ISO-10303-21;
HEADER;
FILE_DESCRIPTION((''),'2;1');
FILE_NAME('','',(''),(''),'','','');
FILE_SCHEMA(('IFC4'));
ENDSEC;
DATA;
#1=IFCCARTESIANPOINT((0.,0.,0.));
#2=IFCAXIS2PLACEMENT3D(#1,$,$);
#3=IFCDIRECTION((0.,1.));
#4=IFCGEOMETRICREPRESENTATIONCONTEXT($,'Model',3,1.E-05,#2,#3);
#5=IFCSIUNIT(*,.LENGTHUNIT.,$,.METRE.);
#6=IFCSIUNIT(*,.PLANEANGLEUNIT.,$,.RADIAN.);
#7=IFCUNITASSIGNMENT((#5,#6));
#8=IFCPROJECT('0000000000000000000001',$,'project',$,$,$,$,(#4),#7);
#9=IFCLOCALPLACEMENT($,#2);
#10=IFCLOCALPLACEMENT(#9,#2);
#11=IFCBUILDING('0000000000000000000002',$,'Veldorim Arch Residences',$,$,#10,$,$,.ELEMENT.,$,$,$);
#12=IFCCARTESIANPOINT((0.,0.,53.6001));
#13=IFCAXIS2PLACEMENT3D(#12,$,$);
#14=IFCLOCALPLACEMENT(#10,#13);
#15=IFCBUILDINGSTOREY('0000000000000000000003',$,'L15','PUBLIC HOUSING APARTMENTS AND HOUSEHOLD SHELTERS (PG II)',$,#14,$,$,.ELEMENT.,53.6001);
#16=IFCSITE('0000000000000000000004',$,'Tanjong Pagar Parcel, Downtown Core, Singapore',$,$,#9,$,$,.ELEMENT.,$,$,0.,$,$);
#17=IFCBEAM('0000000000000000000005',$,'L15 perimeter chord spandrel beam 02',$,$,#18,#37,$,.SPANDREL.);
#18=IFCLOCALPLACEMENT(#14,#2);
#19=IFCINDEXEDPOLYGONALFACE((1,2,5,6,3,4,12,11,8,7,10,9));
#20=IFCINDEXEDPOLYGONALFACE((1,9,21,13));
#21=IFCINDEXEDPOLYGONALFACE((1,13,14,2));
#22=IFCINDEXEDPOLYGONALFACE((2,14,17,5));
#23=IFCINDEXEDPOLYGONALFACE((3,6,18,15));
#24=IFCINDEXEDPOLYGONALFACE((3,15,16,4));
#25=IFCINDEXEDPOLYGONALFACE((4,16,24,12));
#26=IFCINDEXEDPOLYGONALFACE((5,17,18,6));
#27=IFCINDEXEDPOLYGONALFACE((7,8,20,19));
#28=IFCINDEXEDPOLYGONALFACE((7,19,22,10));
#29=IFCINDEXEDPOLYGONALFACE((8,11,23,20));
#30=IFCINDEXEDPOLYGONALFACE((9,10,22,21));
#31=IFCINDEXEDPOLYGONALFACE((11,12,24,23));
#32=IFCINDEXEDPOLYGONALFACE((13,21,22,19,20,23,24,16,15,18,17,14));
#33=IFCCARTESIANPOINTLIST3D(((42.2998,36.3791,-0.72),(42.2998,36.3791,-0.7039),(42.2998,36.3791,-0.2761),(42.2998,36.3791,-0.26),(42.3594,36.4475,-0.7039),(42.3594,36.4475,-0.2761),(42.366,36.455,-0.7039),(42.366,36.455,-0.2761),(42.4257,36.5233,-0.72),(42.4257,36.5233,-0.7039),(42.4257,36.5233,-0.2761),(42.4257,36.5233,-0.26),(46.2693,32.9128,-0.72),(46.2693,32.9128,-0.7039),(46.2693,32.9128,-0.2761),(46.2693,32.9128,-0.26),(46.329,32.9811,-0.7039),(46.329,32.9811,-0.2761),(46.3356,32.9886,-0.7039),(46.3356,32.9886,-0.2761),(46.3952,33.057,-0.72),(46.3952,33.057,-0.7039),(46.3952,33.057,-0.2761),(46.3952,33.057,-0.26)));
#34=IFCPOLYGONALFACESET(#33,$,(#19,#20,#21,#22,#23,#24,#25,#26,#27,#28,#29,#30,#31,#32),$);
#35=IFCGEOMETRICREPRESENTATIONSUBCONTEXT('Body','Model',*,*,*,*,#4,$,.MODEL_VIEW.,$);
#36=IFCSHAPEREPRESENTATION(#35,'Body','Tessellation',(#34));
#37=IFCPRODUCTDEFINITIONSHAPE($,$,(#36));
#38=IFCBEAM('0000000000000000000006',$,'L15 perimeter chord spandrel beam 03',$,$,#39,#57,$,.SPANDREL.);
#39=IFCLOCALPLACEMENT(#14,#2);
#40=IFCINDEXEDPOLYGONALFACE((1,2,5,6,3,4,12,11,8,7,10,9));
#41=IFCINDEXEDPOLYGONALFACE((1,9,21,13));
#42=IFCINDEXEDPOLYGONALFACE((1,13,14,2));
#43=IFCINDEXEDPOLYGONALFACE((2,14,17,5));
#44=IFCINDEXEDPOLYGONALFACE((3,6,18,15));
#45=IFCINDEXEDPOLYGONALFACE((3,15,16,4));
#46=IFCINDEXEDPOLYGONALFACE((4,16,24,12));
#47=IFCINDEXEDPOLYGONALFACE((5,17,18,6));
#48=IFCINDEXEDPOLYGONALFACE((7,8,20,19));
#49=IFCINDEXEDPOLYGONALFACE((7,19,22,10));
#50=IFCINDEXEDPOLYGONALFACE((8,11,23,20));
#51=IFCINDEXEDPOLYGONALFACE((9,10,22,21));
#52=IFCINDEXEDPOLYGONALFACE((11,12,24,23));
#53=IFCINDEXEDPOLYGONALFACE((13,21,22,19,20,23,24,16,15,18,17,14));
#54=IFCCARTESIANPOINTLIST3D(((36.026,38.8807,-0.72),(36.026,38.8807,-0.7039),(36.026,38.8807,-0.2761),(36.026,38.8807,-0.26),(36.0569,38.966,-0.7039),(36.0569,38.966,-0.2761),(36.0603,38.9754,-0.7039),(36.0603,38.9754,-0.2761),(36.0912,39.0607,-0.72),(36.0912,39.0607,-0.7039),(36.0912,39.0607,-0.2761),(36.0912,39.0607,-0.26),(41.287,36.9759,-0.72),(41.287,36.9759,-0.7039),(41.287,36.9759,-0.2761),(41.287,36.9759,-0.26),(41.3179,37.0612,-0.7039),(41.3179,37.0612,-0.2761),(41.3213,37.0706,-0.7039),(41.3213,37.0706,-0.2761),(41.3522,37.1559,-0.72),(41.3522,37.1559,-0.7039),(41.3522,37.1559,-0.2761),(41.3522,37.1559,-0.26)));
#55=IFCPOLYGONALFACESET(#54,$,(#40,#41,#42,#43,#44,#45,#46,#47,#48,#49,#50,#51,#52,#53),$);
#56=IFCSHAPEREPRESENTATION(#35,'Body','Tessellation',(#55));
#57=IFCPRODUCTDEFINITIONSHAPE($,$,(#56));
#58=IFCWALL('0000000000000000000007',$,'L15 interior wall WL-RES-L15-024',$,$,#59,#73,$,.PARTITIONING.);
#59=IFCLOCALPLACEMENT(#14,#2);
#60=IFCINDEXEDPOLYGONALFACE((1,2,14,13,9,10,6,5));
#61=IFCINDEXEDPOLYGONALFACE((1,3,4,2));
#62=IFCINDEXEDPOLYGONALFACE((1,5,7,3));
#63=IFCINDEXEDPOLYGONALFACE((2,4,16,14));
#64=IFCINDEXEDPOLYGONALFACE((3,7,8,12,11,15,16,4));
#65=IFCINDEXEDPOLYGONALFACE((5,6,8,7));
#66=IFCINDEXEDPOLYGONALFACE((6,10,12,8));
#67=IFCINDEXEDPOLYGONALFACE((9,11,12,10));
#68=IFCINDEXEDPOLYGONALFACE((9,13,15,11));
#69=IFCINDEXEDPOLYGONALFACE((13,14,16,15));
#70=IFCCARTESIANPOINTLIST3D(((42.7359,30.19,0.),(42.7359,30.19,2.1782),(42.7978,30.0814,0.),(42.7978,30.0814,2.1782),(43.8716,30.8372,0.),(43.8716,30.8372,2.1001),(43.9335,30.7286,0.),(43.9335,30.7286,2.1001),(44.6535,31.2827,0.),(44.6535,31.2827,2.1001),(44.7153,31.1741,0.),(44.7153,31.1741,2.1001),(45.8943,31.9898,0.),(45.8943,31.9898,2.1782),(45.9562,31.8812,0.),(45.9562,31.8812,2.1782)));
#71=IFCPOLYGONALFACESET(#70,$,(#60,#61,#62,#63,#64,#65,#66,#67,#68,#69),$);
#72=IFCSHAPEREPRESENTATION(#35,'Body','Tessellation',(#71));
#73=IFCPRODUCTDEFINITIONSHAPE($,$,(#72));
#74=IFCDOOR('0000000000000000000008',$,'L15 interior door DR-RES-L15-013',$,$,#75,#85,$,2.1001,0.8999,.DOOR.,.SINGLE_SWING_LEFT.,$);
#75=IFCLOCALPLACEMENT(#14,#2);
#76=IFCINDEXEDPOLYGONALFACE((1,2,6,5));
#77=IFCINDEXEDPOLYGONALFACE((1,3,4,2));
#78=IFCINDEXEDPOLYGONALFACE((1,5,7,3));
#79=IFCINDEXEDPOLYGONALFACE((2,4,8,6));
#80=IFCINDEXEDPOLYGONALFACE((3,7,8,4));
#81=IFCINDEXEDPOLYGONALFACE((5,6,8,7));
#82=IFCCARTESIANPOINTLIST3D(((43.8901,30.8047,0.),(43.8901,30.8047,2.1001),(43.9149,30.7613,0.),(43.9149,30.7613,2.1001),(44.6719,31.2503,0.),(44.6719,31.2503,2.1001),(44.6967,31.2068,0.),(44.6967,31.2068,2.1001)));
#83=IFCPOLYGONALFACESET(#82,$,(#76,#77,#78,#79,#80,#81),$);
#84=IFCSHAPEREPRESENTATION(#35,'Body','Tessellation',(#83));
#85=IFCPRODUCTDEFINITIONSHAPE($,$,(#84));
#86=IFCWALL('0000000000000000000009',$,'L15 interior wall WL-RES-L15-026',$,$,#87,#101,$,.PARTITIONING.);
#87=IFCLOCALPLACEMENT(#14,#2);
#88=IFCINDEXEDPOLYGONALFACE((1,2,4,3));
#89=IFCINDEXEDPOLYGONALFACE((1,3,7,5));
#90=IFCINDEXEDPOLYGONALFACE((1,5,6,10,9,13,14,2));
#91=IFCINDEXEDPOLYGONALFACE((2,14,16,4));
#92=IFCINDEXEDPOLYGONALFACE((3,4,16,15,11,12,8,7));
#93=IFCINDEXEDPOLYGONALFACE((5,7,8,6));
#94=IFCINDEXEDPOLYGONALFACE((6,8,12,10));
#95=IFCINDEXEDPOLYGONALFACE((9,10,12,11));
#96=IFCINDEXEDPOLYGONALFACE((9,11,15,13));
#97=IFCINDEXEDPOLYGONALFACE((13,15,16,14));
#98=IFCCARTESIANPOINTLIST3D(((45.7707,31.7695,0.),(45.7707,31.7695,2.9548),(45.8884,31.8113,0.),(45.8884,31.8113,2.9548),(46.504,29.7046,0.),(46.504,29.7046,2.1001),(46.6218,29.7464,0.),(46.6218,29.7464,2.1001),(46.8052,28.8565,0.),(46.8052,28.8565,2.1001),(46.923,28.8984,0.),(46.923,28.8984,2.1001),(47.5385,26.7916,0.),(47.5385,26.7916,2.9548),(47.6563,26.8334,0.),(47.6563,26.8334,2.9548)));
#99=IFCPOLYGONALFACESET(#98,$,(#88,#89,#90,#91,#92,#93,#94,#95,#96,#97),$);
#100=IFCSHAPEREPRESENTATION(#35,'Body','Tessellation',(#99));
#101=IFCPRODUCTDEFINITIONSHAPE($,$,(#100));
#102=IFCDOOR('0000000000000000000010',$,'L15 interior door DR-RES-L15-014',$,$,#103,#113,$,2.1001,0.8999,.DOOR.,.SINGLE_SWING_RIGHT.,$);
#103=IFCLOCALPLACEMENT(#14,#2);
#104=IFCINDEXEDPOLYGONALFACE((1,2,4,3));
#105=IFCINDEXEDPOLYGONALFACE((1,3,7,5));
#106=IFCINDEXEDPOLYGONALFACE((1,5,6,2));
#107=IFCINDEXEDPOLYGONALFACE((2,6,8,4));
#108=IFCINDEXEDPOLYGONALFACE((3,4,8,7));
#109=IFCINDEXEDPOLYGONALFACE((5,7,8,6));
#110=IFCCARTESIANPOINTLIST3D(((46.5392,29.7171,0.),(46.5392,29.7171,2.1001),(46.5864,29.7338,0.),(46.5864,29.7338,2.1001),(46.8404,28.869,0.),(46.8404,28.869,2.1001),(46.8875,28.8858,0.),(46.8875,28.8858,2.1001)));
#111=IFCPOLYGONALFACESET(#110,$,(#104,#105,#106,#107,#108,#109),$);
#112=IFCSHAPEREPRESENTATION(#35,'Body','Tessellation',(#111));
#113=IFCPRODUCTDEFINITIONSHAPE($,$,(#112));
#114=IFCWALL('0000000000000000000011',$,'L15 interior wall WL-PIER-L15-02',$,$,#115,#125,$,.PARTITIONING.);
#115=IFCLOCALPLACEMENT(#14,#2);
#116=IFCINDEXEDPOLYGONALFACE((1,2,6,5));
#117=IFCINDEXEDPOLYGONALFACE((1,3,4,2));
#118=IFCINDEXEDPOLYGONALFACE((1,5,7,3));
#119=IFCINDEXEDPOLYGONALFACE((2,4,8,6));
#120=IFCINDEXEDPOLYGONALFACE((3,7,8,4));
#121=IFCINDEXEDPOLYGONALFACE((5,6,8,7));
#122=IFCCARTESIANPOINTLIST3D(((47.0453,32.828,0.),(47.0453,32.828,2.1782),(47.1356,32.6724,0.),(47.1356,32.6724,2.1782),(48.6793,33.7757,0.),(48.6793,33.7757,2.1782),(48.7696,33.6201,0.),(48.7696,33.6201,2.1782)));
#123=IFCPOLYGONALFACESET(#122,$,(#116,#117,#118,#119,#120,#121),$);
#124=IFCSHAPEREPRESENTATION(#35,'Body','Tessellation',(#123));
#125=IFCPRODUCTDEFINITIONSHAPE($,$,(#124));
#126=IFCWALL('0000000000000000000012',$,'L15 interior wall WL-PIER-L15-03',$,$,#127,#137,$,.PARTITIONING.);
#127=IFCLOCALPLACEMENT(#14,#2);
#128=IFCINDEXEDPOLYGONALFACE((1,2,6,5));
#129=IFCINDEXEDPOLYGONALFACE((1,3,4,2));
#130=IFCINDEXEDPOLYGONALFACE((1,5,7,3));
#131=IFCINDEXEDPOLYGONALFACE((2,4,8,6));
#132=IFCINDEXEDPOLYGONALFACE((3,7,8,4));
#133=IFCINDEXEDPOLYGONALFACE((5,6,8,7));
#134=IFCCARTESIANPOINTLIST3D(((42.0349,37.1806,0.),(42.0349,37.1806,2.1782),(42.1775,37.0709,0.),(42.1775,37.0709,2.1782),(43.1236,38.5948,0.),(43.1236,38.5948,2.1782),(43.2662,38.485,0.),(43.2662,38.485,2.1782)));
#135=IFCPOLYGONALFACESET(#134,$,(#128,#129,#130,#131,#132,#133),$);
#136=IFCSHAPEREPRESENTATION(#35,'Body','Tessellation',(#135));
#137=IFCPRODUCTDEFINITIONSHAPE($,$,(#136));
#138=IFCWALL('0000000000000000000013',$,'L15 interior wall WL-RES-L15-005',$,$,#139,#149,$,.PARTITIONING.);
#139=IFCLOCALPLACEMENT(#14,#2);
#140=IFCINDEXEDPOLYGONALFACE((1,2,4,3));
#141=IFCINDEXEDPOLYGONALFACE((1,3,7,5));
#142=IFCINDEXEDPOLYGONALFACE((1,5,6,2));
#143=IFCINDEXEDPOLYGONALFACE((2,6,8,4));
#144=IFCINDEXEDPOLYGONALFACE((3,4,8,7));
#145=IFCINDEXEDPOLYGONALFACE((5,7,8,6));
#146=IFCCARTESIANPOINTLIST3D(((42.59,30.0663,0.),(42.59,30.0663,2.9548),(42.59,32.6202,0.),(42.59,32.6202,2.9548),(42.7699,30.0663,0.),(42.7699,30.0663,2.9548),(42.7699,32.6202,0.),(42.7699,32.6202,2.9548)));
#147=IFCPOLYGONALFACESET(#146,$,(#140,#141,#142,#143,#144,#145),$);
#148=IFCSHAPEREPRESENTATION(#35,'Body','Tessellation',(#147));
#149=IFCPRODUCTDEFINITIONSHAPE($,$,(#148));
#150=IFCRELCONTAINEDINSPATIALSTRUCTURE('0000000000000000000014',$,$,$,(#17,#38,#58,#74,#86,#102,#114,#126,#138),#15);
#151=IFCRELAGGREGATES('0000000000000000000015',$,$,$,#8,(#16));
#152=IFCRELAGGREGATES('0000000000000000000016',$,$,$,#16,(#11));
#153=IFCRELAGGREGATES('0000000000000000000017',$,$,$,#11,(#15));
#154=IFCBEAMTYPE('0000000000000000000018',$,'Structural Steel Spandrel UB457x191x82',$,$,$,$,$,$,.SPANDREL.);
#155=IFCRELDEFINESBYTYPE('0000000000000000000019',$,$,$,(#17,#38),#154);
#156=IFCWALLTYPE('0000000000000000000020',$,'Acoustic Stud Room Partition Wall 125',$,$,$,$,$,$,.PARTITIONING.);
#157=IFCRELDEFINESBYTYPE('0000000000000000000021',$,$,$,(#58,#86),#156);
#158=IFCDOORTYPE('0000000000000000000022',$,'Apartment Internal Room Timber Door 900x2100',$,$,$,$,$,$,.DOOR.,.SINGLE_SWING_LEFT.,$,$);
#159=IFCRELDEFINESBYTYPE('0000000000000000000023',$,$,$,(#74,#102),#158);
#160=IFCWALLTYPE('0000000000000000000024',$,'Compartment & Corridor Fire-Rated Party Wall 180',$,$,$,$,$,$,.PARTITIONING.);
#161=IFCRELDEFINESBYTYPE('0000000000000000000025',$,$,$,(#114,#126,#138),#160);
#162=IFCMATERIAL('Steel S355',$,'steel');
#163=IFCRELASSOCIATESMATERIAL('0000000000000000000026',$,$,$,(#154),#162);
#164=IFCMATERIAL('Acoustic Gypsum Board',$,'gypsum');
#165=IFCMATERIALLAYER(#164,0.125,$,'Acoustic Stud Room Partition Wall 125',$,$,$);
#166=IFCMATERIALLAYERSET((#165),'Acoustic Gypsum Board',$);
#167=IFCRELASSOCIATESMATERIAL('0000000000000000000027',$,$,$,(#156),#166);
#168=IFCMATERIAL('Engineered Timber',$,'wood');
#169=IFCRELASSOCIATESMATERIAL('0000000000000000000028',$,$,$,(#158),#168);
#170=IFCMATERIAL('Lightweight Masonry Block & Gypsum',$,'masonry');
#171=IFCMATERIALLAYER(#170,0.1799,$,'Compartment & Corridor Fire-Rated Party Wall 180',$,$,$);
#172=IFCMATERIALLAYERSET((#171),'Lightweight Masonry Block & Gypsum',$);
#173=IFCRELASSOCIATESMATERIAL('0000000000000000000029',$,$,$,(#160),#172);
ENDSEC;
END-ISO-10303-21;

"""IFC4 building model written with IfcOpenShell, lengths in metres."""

from ifc_helpers import new_model, si_unit, direction, frame, frame_2d, origin, origin_2d, place, context, subcontext, project, spatial, rectangle, i_section, extrude, material, layer, layer_set, material_profile, profile_set, type_object, element, fill, save


model = new_model("IFC4")

# Units and contexts
model_context = context("Model", 3, precision=1e-05, world=origin(), true_north=direction((0.0, 1.0)))
body_context = subcontext(model_context, "Body", "Model", "MODEL_VIEW")
ifc_project = project(units=[si_unit("LENGTHUNIT", "METRE"), si_unit("PLANEANGLEUNIT", "RADIAN")], contexts=[model_context])

# Site, building, storey
site_placement = place(None, origin())
site = spatial("IfcSite", under=ifc_project, at=site_placement, Name="Tanjong Pagar Parcel, Downtown Core, Singapore", CompositionType="ELEMENT", RefElevation=0.0)
building_placement = place(site_placement, origin())
building = spatial("IfcBuilding", under=site, at=building_placement, Name="Veldorim Arch Residences", CompositionType="ELEMENT")
storey_placement = place(building_placement, frame((0.0, 0.0, 53.6001)))
storey = spatial("IfcBuildingStorey", under=building, at=storey_placement, Name="L15", Description="PUBLIC HOUSING APARTMENTS AND HOUSEHOLD SHELTERS (PG II)", CompositionType="ELEMENT", Elevation=53.6001)

# Beams
ifc_material_1 = material(Name="Steel S355", Category="steel")
ifc_material_profile_1 = material_profile(ifc_material_1, i_section(OverallWidth=0.1914, OverallDepth=0.46, WebThickness=0.01, FlangeThickness=0.0161, at=origin_2d()), Name="UB457x191x82")
ifc_profile_set_1 = profile_set([ifc_material_profile_1], Name="Steel S355")
beam_type_1 = type_object("IfcBeamType", Name="Structural Steel Spandrel UB457x191x82", PredefinedType="SPANDREL", material=ifc_profile_set_1)
beam_1_placement = place(storey_placement, frame((46.3323, 32.9849, -0.49), z_axis=(-0.753234, 0.657753, 0.0), x_axis=(-0.657753, -0.753234, 0.0)))
element("IfcBeam", 1, at=beam_1_placement, inside=storey, type_object=beam_type_1, Name="L15 perimeter chord spandrel beam 02", PredefinedType="SPANDREL", context=body_context, shape_type="SweptSolid", body=[
    extrude(i_section(OverallWidth=0.1914, OverallDepth=0.46, WebThickness=0.01, FlangeThickness=0.0161, at=origin_2d()), origin(), (0.0, 0.0, 1.0), 5.27),
])
beam_2_placement = place(storey_placement, frame((41.3196, 37.0659, -0.49), z_axis=(-0.940269, 0.340432, 0.0), x_axis=(-0.340432, -0.940269, 0.0)))
element("IfcBeam", 2, at=beam_2_placement, inside=storey, type_object=beam_type_1, Name="L15 perimeter chord spandrel beam 03", PredefinedType="SPANDREL", context=body_context, shape_type="SweptSolid", body=[
    extrude(i_section(OverallWidth=0.1914, OverallDepth=0.46, WebThickness=0.01, FlangeThickness=0.0161, at=origin_2d()), origin(), (0.0, 0.0, 1.0), 5.5952),
])

# Walls, openings, doors
ifc_material_2 = material(Name="Acoustic Gypsum Board", Category="gypsum")
ifc_layer_1 = layer(ifc_material_2, 0.125, Name="Acoustic Stud Room Partition Wall 125")
ifc_layer_set_1 = layer_set([ifc_layer_1], Name="Acoustic Gypsum Board")
wall_type_1 = type_object("IfcWallType", Name="Acoustic Stud Room Partition Wall 125", PredefinedType="PARTITIONING", material=ifc_layer_set_1)
wall_1_placement = place(storey_placement, frame((45.9253, 31.9355, 0.0), z_axis=(0.0, 0.0, 1.0), x_axis=(-0.868838, -0.495097, 0.0)))
wall_1 = element("IfcWall", 3, at=wall_1_placement, inside=storey, type_object=wall_type_1, Name="L15 interior wall WL-RES-L15-024", PredefinedType="PARTITIONING", context=body_context, shape_type="SweptSolid", body=[
    extrude(rectangle(XDim=3.6353, YDim=0.125, at=frame_2d((1.8176, 0.0))), origin(), (0.0, 0.0, 1.0), 2.1782),
])
opening_1_placement = place(wall_1_placement, frame((1.4282, 0.0, 0.0)))
opening_1 = element("IfcOpeningElement", 4, at=opening_1_placement, cuts=wall_1, PredefinedType="OPENING", context=body_context, shape_type="SweptSolid", body=[
    extrude(rectangle(XDim=0.8999, YDim=2.1001, at=frame_2d((0.45, 1.05))), frame((0.0, 0.0725, 0.0), z_axis=(0.0, -1.0, 0.0), x_axis=(1.0, 0.0, 0.0)), (0.0, 0.0, 1.0), 0.145),
])
ifc_material_3 = material(Name="Engineered Timber", Category="wood")
door_type = type_object("IfcDoorType", Name="Apartment Internal Room Timber Door 900x2100", OperationType="SINGLE_SWING_LEFT", PredefinedType="DOOR", material=ifc_material_3)
door_1_placement = place(opening_1_placement, origin())
door_1 = element("IfcDoor", 5, at=door_1_placement, inside=storey, type_object=door_type, Name="L15 interior door DR-RES-L15-013", OperationType="SINGLE_SWING_LEFT", OverallHeight=2.1001, OverallWidth=0.8999, PredefinedType="DOOR", context=body_context, shape_type="SweptSolid", body=[
    extrude(rectangle(XDim=0.8999, YDim=2.1001, at=frame_2d((0.45, 1.05))), frame((0.0, 0.0249, 0.0), z_axis=(0.0, -1.0, 0.0), x_axis=(1.0, 0.0, 0.0)), (0.0, 0.0, 1.0), 0.05),
])
fill(opening_1, door_1)
wall_2_placement = place(storey_placement, frame((45.8296, 31.7903, 0.0), z_axis=(0.0, 0.0, 1.0), x_axis=(0.334664, -0.942337, 0.0)))
wall_2 = element("IfcWall", 6, at=wall_2_placement, inside=storey, type_object=wall_type_1, Name="L15 interior wall WL-RES-L15-026", PredefinedType="PARTITIONING", context=body_context, shape_type="SweptSolid", body=[
    extrude(rectangle(XDim=5.2825, YDim=0.125, at=frame_2d((2.6411, 0.0))), origin(), (0.0, 0.0, 1.0), 2.9548),
])
opening_2_placement = place(wall_2_placement, frame((2.1912, 0.0, 0.0)))
opening_2 = element("IfcOpeningElement", 7, at=opening_2_placement, cuts=wall_2, PredefinedType="OPENING", context=body_context, shape_type="SweptSolid", body=[
    extrude(rectangle(XDim=0.8999, YDim=2.1001, at=frame_2d((0.45, 1.05))), frame((0.0, 0.0725, 0.0), z_axis=(0.0, -1.0, 0.0), x_axis=(1.0, 0.0, 0.0)), (0.0, 0.0, 1.0), 0.145),
])
door_2_placement = place(opening_2_placement, origin())
door_2 = element("IfcDoor", 8, at=door_2_placement, inside=storey, type_object=door_type, Name="L15 interior door DR-RES-L15-014", OperationType="SINGLE_SWING_RIGHT", OverallHeight=2.1001, OverallWidth=0.8999, PredefinedType="DOOR", context=body_context, shape_type="SweptSolid", body=[
    extrude(rectangle(XDim=0.8999, YDim=2.1001, at=frame_2d((0.45, 1.05))), frame((0.0, 0.0249, 0.0), z_axis=(0.0, -1.0, 0.0), x_axis=(1.0, 0.0, 0.0)), (0.0, 0.0, 1.0), 0.05),
])
fill(opening_2, door_2)

# Walls
ifc_material_4 = material(Name="Lightweight Masonry Block & Gypsum", Category="masonry")
ifc_layer_2 = layer(ifc_material_4, 0.1799, Name="Compartment & Corridor Fire-Rated Party Wall 180")
ifc_layer_set_2 = layer_set([ifc_layer_2], Name="Lightweight Masonry Block & Gypsum")
wall_type_2 = type_object("IfcWallType", Name="Compartment & Corridor Fire-Rated Party Wall 180", PredefinedType="PARTITIONING", material=ifc_layer_set_2)
wall_3_placement = place(storey_placement, frame((47.0906, 32.7502, 0.0), z_axis=(0.0, 0.0, 1.0), x_axis=(0.865028, 0.501724, 0.0)))
element("IfcWall", 9, at=wall_3_placement, inside=storey, type_object=wall_type_2, Name="L15 interior wall WL-PIER-L15-02", PredefinedType="PARTITIONING", context=body_context, shape_type="SweptSolid", body=[
    extrude(rectangle(XDim=1.8889, YDim=0.1799, at=frame_2d((0.9443, 0.0))), origin(), (0.0, 0.0, 1.0), 2.1782),
])
wall_4_placement = place(storey_placement, frame((42.1062, 37.1257, 0.0), z_axis=(0.0, 0.0, 1.0), x_axis=(0.610021, 0.792385, 0.0)))
element("IfcWall", 10, at=wall_4_placement, inside=storey, type_object=wall_type_2, Name="L15 interior wall WL-PIER-L15-03", PredefinedType="PARTITIONING", context=body_context, shape_type="SweptSolid", body=[
    extrude(rectangle(XDim=1.7847, YDim=0.1799, at=frame_2d((0.8923, 0.0))), origin(), (0.0, 0.0, 1.0), 2.1782),
])
wall_5_placement = place(storey_placement, frame((42.6799, 32.6201, 0.0), z_axis=(0.0, 0.0, 1.0), x_axis=(0.0, -1.0, 0.0)))
element("IfcWall", 11, at=wall_5_placement, inside=storey, type_object=wall_type_2, Name="L15 interior wall WL-RES-L15-005", PredefinedType="PARTITIONING", context=body_context, shape_type="SweptSolid", body=[
    extrude(rectangle(XDim=2.554, YDim=0.1799, at=frame_2d((1.2769, 0.0))), origin(), (0.0, 0.0, 1.0), 2.9548),
])

save(model, "model.ifc")
